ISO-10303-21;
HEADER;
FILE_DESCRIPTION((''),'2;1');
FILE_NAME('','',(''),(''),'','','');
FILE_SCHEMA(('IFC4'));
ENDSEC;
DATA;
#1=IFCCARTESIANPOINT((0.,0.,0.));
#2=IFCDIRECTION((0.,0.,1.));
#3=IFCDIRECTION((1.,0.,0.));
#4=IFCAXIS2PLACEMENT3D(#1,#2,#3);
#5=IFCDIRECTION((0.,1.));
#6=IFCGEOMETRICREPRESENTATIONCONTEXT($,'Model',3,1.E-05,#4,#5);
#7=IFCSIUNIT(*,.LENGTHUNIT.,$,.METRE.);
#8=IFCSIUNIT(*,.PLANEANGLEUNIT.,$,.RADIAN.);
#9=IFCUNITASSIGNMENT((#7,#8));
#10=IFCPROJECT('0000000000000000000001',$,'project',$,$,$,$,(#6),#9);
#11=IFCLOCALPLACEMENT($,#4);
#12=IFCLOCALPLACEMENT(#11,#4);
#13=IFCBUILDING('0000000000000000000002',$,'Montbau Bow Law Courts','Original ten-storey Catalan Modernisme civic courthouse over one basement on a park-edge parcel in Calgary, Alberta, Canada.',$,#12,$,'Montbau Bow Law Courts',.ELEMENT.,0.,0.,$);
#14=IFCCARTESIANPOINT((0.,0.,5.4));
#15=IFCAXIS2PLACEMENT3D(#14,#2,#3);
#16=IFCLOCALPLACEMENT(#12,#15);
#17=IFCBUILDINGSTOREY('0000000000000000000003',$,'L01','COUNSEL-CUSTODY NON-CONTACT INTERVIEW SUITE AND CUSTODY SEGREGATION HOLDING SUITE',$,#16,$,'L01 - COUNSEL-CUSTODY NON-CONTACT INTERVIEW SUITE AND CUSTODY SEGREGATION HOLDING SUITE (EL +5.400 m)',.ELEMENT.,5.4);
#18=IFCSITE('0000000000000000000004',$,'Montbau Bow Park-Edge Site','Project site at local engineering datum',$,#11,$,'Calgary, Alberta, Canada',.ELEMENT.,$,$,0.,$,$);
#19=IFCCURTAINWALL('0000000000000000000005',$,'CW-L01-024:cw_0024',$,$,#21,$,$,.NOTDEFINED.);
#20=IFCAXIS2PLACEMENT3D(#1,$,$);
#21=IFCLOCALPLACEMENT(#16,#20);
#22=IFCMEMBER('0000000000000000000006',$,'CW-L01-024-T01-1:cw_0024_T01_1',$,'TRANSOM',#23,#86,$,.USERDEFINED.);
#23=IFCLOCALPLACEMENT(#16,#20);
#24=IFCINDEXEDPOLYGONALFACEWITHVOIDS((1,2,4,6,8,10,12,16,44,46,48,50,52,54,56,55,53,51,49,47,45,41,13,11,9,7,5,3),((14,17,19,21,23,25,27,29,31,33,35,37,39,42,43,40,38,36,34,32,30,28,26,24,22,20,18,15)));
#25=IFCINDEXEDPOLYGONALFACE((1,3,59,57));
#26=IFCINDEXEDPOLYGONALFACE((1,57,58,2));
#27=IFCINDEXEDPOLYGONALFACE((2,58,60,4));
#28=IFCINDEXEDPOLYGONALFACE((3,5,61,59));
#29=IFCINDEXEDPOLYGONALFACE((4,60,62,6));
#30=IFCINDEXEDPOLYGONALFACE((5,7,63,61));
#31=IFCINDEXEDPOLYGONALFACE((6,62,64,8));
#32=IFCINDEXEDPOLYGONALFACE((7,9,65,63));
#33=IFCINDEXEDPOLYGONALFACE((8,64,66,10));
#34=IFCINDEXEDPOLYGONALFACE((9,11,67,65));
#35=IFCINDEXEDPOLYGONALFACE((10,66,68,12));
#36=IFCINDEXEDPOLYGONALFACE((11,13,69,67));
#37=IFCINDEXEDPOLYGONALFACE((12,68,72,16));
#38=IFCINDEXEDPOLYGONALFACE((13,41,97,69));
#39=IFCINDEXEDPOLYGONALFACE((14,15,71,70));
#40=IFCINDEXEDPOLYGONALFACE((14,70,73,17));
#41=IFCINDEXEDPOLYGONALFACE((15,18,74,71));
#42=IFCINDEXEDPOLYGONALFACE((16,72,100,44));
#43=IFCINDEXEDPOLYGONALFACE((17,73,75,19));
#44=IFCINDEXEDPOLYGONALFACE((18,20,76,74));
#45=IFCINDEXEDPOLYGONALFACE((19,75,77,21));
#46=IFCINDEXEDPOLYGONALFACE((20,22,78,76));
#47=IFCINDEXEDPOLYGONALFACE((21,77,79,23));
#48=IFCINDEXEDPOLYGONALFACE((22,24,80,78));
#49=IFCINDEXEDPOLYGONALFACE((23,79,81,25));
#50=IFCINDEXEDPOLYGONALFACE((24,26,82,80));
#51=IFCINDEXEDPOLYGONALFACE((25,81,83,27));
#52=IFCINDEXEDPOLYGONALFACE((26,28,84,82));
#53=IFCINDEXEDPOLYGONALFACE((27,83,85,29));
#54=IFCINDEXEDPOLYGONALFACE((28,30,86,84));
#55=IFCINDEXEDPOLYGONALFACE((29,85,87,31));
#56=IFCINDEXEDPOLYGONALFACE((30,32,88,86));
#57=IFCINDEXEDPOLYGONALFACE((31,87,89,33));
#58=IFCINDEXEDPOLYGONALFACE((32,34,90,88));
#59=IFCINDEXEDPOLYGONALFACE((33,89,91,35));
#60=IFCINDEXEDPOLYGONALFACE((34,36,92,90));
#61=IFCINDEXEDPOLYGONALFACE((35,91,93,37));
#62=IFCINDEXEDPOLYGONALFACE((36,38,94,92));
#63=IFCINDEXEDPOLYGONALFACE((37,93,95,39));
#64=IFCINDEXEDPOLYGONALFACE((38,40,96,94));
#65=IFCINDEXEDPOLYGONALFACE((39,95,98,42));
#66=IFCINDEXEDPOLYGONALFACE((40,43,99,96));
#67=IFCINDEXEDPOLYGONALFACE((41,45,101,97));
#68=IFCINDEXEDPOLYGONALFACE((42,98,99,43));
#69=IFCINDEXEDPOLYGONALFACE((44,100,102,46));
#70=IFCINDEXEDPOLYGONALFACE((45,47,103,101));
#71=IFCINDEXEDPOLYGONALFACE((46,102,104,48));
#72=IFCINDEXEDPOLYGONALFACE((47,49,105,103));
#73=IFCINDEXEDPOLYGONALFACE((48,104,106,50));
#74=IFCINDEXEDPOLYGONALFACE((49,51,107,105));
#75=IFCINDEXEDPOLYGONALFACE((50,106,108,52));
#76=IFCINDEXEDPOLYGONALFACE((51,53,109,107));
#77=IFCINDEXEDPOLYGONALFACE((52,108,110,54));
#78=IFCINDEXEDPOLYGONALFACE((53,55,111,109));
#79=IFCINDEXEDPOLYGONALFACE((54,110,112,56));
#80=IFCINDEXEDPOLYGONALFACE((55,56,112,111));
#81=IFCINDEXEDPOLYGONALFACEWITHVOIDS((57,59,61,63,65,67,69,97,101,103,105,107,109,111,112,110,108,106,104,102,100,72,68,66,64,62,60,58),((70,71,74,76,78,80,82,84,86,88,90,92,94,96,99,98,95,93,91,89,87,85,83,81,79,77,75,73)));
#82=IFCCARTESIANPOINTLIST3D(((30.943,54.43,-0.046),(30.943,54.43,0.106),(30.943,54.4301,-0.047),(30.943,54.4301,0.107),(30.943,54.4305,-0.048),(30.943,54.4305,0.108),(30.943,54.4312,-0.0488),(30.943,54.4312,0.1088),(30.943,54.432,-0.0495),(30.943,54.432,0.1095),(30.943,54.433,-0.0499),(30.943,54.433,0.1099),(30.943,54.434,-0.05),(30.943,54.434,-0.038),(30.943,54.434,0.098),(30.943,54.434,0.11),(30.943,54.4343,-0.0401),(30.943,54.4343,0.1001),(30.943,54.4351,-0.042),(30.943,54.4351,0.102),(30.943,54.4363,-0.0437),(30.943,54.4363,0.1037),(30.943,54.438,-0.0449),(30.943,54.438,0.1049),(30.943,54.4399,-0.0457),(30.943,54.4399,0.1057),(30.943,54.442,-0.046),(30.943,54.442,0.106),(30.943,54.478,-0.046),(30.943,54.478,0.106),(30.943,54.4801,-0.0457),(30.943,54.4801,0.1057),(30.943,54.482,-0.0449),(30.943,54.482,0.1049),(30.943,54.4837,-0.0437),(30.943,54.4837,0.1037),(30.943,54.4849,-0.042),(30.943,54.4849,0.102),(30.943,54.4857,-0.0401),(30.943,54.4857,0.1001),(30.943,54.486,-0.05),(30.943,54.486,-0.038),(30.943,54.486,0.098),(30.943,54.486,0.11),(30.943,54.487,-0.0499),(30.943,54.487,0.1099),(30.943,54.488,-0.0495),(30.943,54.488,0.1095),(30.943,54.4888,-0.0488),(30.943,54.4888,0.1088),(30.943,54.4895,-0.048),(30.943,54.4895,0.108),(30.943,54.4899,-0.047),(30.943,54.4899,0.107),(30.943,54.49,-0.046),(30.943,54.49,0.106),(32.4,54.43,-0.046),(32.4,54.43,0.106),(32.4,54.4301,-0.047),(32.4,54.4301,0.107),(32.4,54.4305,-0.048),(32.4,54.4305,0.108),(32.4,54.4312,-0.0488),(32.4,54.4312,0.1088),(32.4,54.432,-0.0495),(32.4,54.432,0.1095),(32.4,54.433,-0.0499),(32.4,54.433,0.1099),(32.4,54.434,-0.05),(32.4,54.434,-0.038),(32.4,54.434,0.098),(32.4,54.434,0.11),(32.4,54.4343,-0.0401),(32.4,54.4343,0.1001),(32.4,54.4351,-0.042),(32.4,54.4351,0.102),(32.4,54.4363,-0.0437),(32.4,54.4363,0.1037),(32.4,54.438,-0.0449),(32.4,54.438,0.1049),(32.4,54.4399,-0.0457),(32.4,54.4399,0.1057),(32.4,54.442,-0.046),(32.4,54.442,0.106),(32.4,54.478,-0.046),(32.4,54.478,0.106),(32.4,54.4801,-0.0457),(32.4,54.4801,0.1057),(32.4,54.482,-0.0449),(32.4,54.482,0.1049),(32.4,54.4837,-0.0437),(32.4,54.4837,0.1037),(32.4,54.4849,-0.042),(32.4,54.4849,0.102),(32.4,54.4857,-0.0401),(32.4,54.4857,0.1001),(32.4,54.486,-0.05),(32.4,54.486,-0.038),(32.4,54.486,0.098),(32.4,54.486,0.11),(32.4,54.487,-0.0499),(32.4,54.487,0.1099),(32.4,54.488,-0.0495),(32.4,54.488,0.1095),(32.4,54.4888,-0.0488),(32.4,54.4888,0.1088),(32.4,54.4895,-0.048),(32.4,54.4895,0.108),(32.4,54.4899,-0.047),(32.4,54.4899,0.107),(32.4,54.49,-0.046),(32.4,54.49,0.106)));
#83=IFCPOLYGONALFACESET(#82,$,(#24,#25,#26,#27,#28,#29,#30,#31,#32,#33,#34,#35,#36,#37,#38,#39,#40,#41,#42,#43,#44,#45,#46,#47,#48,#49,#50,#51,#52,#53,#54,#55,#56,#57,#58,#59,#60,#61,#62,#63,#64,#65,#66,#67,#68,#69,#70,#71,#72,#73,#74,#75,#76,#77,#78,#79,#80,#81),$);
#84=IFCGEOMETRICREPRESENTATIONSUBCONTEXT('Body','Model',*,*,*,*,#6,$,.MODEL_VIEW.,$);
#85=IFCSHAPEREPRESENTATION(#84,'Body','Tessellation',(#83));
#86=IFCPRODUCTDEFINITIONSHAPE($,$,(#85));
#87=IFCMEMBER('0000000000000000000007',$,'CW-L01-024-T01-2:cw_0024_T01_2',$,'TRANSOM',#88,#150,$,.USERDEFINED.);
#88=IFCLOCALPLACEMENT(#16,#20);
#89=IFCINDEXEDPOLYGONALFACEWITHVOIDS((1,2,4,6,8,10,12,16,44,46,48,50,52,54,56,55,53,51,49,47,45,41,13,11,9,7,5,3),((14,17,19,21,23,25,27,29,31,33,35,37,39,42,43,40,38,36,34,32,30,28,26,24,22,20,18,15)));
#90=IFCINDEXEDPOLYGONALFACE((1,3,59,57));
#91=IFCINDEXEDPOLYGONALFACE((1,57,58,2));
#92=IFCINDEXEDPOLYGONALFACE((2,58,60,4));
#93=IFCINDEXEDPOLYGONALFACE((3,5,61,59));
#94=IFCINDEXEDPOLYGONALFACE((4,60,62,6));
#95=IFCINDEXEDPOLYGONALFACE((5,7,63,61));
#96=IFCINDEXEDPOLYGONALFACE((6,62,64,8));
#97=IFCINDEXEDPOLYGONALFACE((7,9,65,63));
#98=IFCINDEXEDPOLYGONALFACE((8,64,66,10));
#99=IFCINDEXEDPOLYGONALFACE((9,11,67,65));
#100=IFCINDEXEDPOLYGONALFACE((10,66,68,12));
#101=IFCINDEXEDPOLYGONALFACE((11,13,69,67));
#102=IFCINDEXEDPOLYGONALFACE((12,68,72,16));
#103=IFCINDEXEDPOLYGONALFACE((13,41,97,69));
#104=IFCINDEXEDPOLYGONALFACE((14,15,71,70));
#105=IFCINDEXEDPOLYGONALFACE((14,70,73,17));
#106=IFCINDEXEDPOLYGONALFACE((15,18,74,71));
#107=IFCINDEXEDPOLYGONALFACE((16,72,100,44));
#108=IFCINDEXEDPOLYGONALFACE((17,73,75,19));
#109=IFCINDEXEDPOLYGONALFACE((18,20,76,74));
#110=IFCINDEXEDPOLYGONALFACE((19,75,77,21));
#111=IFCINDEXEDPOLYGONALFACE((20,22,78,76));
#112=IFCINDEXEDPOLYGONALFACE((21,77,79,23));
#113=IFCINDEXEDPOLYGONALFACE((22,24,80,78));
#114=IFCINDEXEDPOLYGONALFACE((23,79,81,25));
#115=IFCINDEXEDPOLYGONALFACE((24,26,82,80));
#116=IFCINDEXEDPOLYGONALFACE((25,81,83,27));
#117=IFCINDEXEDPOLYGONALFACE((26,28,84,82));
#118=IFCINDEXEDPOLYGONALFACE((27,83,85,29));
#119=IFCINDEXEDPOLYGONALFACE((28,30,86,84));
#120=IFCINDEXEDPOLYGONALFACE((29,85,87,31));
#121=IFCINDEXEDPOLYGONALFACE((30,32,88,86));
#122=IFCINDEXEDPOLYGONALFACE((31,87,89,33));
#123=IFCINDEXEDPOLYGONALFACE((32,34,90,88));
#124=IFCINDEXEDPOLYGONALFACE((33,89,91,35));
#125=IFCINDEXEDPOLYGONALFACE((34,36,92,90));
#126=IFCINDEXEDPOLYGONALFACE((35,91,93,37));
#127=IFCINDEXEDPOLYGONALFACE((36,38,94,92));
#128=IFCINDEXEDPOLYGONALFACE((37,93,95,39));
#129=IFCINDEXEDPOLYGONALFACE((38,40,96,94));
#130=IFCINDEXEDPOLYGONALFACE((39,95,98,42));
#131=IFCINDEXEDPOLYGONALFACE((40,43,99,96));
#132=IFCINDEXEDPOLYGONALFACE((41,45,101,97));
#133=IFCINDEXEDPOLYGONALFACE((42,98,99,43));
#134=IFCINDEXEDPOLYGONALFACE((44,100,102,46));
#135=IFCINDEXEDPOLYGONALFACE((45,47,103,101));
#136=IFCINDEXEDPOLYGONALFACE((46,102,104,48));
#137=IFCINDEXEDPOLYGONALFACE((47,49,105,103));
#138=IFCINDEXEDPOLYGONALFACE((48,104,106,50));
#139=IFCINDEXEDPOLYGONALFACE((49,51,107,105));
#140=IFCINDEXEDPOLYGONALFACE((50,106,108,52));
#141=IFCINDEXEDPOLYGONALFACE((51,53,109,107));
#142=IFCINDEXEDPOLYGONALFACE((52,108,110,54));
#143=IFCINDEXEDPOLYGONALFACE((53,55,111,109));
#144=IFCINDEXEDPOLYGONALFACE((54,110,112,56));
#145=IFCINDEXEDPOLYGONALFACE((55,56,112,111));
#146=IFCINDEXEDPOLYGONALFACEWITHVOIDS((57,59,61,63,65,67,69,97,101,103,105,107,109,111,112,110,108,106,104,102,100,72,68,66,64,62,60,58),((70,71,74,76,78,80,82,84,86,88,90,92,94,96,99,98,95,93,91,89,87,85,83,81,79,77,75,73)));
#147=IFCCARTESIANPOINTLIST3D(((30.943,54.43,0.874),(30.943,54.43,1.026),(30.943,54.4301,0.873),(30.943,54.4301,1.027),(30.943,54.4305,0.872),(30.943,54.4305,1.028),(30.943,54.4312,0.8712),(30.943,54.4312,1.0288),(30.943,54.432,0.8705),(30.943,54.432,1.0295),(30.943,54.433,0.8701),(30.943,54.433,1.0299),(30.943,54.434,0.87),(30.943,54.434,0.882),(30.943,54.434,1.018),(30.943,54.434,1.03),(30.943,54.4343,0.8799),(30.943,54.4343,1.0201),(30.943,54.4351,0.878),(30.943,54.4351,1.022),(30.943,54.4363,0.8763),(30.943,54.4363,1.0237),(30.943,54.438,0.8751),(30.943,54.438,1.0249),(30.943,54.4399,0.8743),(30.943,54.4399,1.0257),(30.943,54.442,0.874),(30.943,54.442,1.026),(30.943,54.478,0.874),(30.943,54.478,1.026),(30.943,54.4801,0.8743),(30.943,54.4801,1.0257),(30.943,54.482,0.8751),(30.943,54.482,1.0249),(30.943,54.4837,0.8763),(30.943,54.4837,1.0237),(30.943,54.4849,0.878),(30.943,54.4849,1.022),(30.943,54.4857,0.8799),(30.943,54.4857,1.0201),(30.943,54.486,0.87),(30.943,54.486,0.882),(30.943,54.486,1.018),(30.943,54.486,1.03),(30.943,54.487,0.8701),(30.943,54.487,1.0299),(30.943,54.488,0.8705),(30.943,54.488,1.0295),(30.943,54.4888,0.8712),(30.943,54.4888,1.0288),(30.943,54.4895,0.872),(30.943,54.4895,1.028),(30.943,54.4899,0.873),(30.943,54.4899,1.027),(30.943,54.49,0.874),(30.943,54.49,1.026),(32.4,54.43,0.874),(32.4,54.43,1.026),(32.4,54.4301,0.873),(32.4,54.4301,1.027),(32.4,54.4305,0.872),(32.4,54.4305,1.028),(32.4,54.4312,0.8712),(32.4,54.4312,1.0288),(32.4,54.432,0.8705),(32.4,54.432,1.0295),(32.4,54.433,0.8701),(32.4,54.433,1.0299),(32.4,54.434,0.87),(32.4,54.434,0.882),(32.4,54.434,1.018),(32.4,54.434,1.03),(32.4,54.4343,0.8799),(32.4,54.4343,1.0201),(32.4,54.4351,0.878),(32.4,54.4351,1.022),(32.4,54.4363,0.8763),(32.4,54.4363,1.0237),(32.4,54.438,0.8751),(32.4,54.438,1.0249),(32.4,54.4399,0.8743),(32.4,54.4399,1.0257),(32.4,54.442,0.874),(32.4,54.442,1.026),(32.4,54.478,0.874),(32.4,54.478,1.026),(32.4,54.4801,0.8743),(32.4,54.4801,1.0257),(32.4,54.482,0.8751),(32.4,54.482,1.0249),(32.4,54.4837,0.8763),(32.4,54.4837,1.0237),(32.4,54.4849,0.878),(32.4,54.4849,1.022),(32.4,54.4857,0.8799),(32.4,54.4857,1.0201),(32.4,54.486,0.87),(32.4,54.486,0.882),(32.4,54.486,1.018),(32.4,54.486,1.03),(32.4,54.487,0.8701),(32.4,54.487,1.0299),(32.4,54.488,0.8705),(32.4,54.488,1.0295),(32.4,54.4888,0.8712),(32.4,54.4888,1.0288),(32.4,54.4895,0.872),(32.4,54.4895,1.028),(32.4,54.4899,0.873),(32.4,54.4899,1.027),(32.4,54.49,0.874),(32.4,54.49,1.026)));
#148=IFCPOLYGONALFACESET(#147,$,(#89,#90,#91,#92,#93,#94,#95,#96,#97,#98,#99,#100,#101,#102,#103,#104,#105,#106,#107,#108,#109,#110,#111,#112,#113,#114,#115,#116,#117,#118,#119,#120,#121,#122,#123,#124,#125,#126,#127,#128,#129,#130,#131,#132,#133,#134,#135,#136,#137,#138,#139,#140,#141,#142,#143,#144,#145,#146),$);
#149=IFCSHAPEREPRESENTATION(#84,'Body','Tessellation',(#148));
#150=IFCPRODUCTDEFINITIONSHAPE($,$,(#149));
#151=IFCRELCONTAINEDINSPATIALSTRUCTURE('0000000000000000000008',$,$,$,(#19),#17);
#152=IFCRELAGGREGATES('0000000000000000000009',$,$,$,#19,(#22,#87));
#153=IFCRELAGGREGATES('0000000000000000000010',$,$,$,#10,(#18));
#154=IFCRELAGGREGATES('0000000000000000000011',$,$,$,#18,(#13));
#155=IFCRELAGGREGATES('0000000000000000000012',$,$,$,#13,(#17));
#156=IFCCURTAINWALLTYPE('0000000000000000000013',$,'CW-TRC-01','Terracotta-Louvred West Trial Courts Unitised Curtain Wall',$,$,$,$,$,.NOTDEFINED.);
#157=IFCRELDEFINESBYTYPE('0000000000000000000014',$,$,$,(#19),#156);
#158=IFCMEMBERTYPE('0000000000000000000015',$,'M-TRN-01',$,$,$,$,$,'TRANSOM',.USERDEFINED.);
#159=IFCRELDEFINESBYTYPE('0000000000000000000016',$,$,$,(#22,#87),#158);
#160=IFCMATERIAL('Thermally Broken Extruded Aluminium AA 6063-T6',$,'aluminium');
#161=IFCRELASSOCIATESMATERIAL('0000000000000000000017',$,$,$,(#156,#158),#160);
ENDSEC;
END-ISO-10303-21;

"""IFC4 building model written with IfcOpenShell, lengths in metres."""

from ifc_helpers import new_model, si_unit, direction, frame, origin_with_axes, origin_2d_with_axis, place, context, subcontext, project, spatial, hollow_rectangle, extrude, material, material_profile, profile_set, type_object, element, aggregate, save


model = new_model("IFC4")

# Units and contexts
model_context = context("Model", 3, precision=1e-05, world=origin_with_axes(), true_north=direction((0.0, 1.0)))
body_context = subcontext(model_context, "Body", "Model", "MODEL_VIEW")
ifc_project = project(units=[si_unit("LENGTHUNIT", "METRE"), si_unit("PLANEANGLEUNIT", "RADIAN")], contexts=[model_context])

# Site, building, storey
site_placement = place(None, origin_with_axes())
site = spatial("IfcSite", under=ifc_project, at=site_placement, Name="Montbau Bow Park-Edge Site", Description="Project site at local engineering datum", LongName="Calgary, Alberta, Canada", CompositionType="ELEMENT", RefElevation=0.0)
building_placement = place(site_placement, origin_with_axes())
building = spatial("IfcBuilding", under=site, at=building_placement, Name="Montbau Bow Law Courts", Description="Original ten-storey Catalan Modernisme civic courthouse over one basement on a park-edge parcel in Calgary, Alberta, Canada.", LongName="Montbau Bow Law Courts", CompositionType="ELEMENT", ElevationOfRefHeight=0.0, ElevationOfTerrain=0.0)
storey_placement = place(building_placement, frame((0.0, 0.0, 5.4), z_axis=(0.0, 0.0, 1.0), x_axis=(1.0, 0.0, 0.0)))
storey = spatial("IfcBuildingStorey", under=building, at=storey_placement, Name="L01", Description="COUNSEL-CUSTODY NON-CONTACT INTERVIEW SUITE AND CUSTODY SEGREGATION HOLDING SUITE", LongName="L01 - COUNSEL-CUSTODY NON-CONTACT INTERVIEW SUITE AND CUSTODY SEGREGATION HOLDING SUITE (EL +5.400 m)", CompositionType="ELEMENT", Elevation=5.4)

# Curtain wall
ifc_material_1 = material(Name="Thermally Broken Extruded Aluminium AA 6063-T6", Category="aluminium")
curtain_wall_type = type_object("IfcCurtainWallType", Name="CW-TRC-01", Description="Terracotta-Louvred West Trial Courts Unitised Curtain Wall", PredefinedType="NOTDEFINED", material=ifc_material_1)
curtain_wall_1_placement = place(None, frame((30.867, 54.46, 5.4), z_axis=(0.0, 0.0, 1.0), x_axis=(1.0, 0.0, 0.0)))
curtain_wall_1 = element("IfcCurtainWall", 1, at=curtain_wall_1_placement, inside=storey, type_object=curtain_wall_type, Name="CW-L01-024:cw_0024", PredefinedType="NOTDEFINED")

# Members
ifc_material_profile_1 = material_profile(ifc_material_1, hollow_rectangle(XDim=0.06, YDim=0.16, WallThickness=0.004, InnerFilletRadius=0.008, OuterFilletRadius=0.004, at=origin_2d_with_axis()), Name="CWT-160X60", Category="Main", Priority=0)
ifc_profile_set_1 = profile_set([ifc_material_profile_1], Name="Thermally Broken Extruded Aluminium AA 6063-T6")
member_type_1 = type_object("IfcMemberType", Name="M-TRN-01", ElementType="TRANSOM", PredefinedType="USERDEFINED", material=ifc_profile_set_1)
member_1_placement = place(None, frame((30.943, 54.46, 5.43), z_axis=(1.0, 0.0, 0.0), x_axis=(0.0, 1.0, 0.0)))
member_1 = element("IfcMember", 2, at=member_1_placement, type_object=member_type_1, Name="CW-L01-024-T01-1:cw_0024_T01_1", ObjectType="TRANSOM", PredefinedType="USERDEFINED", context=body_context, shape_type="SweptSolid", body=[
    extrude(hollow_rectangle(XDim=0.06, YDim=0.16, WallThickness=0.004, InnerFilletRadius=0.008, OuterFilletRadius=0.004, at=origin_2d_with_axis()), origin_with_axes(), (0.0, 0.0, 1.0), 1.457),
])
member_2_placement = place(None, frame((30.943, 54.46, 6.35), z_axis=(1.0, 0.0, 0.0), x_axis=(0.0, 1.0, 0.0)))
member_2 = element("IfcMember", 3, at=member_2_placement, type_object=member_type_1, Name="CW-L01-024-T01-2:cw_0024_T01_2", ObjectType="TRANSOM", PredefinedType="USERDEFINED", context=body_context, shape_type="SweptSolid", body=[
    extrude(hollow_rectangle(XDim=0.06, YDim=0.16, WallThickness=0.004, InnerFilletRadius=0.008, OuterFilletRadius=0.004, at=origin_2d_with_axis()), origin_with_axes(), (0.0, 0.0, 1.0), 1.457),
])

aggregate(curtain_wall_1, [member_1, member_2])

save(model, "model.ifc")
